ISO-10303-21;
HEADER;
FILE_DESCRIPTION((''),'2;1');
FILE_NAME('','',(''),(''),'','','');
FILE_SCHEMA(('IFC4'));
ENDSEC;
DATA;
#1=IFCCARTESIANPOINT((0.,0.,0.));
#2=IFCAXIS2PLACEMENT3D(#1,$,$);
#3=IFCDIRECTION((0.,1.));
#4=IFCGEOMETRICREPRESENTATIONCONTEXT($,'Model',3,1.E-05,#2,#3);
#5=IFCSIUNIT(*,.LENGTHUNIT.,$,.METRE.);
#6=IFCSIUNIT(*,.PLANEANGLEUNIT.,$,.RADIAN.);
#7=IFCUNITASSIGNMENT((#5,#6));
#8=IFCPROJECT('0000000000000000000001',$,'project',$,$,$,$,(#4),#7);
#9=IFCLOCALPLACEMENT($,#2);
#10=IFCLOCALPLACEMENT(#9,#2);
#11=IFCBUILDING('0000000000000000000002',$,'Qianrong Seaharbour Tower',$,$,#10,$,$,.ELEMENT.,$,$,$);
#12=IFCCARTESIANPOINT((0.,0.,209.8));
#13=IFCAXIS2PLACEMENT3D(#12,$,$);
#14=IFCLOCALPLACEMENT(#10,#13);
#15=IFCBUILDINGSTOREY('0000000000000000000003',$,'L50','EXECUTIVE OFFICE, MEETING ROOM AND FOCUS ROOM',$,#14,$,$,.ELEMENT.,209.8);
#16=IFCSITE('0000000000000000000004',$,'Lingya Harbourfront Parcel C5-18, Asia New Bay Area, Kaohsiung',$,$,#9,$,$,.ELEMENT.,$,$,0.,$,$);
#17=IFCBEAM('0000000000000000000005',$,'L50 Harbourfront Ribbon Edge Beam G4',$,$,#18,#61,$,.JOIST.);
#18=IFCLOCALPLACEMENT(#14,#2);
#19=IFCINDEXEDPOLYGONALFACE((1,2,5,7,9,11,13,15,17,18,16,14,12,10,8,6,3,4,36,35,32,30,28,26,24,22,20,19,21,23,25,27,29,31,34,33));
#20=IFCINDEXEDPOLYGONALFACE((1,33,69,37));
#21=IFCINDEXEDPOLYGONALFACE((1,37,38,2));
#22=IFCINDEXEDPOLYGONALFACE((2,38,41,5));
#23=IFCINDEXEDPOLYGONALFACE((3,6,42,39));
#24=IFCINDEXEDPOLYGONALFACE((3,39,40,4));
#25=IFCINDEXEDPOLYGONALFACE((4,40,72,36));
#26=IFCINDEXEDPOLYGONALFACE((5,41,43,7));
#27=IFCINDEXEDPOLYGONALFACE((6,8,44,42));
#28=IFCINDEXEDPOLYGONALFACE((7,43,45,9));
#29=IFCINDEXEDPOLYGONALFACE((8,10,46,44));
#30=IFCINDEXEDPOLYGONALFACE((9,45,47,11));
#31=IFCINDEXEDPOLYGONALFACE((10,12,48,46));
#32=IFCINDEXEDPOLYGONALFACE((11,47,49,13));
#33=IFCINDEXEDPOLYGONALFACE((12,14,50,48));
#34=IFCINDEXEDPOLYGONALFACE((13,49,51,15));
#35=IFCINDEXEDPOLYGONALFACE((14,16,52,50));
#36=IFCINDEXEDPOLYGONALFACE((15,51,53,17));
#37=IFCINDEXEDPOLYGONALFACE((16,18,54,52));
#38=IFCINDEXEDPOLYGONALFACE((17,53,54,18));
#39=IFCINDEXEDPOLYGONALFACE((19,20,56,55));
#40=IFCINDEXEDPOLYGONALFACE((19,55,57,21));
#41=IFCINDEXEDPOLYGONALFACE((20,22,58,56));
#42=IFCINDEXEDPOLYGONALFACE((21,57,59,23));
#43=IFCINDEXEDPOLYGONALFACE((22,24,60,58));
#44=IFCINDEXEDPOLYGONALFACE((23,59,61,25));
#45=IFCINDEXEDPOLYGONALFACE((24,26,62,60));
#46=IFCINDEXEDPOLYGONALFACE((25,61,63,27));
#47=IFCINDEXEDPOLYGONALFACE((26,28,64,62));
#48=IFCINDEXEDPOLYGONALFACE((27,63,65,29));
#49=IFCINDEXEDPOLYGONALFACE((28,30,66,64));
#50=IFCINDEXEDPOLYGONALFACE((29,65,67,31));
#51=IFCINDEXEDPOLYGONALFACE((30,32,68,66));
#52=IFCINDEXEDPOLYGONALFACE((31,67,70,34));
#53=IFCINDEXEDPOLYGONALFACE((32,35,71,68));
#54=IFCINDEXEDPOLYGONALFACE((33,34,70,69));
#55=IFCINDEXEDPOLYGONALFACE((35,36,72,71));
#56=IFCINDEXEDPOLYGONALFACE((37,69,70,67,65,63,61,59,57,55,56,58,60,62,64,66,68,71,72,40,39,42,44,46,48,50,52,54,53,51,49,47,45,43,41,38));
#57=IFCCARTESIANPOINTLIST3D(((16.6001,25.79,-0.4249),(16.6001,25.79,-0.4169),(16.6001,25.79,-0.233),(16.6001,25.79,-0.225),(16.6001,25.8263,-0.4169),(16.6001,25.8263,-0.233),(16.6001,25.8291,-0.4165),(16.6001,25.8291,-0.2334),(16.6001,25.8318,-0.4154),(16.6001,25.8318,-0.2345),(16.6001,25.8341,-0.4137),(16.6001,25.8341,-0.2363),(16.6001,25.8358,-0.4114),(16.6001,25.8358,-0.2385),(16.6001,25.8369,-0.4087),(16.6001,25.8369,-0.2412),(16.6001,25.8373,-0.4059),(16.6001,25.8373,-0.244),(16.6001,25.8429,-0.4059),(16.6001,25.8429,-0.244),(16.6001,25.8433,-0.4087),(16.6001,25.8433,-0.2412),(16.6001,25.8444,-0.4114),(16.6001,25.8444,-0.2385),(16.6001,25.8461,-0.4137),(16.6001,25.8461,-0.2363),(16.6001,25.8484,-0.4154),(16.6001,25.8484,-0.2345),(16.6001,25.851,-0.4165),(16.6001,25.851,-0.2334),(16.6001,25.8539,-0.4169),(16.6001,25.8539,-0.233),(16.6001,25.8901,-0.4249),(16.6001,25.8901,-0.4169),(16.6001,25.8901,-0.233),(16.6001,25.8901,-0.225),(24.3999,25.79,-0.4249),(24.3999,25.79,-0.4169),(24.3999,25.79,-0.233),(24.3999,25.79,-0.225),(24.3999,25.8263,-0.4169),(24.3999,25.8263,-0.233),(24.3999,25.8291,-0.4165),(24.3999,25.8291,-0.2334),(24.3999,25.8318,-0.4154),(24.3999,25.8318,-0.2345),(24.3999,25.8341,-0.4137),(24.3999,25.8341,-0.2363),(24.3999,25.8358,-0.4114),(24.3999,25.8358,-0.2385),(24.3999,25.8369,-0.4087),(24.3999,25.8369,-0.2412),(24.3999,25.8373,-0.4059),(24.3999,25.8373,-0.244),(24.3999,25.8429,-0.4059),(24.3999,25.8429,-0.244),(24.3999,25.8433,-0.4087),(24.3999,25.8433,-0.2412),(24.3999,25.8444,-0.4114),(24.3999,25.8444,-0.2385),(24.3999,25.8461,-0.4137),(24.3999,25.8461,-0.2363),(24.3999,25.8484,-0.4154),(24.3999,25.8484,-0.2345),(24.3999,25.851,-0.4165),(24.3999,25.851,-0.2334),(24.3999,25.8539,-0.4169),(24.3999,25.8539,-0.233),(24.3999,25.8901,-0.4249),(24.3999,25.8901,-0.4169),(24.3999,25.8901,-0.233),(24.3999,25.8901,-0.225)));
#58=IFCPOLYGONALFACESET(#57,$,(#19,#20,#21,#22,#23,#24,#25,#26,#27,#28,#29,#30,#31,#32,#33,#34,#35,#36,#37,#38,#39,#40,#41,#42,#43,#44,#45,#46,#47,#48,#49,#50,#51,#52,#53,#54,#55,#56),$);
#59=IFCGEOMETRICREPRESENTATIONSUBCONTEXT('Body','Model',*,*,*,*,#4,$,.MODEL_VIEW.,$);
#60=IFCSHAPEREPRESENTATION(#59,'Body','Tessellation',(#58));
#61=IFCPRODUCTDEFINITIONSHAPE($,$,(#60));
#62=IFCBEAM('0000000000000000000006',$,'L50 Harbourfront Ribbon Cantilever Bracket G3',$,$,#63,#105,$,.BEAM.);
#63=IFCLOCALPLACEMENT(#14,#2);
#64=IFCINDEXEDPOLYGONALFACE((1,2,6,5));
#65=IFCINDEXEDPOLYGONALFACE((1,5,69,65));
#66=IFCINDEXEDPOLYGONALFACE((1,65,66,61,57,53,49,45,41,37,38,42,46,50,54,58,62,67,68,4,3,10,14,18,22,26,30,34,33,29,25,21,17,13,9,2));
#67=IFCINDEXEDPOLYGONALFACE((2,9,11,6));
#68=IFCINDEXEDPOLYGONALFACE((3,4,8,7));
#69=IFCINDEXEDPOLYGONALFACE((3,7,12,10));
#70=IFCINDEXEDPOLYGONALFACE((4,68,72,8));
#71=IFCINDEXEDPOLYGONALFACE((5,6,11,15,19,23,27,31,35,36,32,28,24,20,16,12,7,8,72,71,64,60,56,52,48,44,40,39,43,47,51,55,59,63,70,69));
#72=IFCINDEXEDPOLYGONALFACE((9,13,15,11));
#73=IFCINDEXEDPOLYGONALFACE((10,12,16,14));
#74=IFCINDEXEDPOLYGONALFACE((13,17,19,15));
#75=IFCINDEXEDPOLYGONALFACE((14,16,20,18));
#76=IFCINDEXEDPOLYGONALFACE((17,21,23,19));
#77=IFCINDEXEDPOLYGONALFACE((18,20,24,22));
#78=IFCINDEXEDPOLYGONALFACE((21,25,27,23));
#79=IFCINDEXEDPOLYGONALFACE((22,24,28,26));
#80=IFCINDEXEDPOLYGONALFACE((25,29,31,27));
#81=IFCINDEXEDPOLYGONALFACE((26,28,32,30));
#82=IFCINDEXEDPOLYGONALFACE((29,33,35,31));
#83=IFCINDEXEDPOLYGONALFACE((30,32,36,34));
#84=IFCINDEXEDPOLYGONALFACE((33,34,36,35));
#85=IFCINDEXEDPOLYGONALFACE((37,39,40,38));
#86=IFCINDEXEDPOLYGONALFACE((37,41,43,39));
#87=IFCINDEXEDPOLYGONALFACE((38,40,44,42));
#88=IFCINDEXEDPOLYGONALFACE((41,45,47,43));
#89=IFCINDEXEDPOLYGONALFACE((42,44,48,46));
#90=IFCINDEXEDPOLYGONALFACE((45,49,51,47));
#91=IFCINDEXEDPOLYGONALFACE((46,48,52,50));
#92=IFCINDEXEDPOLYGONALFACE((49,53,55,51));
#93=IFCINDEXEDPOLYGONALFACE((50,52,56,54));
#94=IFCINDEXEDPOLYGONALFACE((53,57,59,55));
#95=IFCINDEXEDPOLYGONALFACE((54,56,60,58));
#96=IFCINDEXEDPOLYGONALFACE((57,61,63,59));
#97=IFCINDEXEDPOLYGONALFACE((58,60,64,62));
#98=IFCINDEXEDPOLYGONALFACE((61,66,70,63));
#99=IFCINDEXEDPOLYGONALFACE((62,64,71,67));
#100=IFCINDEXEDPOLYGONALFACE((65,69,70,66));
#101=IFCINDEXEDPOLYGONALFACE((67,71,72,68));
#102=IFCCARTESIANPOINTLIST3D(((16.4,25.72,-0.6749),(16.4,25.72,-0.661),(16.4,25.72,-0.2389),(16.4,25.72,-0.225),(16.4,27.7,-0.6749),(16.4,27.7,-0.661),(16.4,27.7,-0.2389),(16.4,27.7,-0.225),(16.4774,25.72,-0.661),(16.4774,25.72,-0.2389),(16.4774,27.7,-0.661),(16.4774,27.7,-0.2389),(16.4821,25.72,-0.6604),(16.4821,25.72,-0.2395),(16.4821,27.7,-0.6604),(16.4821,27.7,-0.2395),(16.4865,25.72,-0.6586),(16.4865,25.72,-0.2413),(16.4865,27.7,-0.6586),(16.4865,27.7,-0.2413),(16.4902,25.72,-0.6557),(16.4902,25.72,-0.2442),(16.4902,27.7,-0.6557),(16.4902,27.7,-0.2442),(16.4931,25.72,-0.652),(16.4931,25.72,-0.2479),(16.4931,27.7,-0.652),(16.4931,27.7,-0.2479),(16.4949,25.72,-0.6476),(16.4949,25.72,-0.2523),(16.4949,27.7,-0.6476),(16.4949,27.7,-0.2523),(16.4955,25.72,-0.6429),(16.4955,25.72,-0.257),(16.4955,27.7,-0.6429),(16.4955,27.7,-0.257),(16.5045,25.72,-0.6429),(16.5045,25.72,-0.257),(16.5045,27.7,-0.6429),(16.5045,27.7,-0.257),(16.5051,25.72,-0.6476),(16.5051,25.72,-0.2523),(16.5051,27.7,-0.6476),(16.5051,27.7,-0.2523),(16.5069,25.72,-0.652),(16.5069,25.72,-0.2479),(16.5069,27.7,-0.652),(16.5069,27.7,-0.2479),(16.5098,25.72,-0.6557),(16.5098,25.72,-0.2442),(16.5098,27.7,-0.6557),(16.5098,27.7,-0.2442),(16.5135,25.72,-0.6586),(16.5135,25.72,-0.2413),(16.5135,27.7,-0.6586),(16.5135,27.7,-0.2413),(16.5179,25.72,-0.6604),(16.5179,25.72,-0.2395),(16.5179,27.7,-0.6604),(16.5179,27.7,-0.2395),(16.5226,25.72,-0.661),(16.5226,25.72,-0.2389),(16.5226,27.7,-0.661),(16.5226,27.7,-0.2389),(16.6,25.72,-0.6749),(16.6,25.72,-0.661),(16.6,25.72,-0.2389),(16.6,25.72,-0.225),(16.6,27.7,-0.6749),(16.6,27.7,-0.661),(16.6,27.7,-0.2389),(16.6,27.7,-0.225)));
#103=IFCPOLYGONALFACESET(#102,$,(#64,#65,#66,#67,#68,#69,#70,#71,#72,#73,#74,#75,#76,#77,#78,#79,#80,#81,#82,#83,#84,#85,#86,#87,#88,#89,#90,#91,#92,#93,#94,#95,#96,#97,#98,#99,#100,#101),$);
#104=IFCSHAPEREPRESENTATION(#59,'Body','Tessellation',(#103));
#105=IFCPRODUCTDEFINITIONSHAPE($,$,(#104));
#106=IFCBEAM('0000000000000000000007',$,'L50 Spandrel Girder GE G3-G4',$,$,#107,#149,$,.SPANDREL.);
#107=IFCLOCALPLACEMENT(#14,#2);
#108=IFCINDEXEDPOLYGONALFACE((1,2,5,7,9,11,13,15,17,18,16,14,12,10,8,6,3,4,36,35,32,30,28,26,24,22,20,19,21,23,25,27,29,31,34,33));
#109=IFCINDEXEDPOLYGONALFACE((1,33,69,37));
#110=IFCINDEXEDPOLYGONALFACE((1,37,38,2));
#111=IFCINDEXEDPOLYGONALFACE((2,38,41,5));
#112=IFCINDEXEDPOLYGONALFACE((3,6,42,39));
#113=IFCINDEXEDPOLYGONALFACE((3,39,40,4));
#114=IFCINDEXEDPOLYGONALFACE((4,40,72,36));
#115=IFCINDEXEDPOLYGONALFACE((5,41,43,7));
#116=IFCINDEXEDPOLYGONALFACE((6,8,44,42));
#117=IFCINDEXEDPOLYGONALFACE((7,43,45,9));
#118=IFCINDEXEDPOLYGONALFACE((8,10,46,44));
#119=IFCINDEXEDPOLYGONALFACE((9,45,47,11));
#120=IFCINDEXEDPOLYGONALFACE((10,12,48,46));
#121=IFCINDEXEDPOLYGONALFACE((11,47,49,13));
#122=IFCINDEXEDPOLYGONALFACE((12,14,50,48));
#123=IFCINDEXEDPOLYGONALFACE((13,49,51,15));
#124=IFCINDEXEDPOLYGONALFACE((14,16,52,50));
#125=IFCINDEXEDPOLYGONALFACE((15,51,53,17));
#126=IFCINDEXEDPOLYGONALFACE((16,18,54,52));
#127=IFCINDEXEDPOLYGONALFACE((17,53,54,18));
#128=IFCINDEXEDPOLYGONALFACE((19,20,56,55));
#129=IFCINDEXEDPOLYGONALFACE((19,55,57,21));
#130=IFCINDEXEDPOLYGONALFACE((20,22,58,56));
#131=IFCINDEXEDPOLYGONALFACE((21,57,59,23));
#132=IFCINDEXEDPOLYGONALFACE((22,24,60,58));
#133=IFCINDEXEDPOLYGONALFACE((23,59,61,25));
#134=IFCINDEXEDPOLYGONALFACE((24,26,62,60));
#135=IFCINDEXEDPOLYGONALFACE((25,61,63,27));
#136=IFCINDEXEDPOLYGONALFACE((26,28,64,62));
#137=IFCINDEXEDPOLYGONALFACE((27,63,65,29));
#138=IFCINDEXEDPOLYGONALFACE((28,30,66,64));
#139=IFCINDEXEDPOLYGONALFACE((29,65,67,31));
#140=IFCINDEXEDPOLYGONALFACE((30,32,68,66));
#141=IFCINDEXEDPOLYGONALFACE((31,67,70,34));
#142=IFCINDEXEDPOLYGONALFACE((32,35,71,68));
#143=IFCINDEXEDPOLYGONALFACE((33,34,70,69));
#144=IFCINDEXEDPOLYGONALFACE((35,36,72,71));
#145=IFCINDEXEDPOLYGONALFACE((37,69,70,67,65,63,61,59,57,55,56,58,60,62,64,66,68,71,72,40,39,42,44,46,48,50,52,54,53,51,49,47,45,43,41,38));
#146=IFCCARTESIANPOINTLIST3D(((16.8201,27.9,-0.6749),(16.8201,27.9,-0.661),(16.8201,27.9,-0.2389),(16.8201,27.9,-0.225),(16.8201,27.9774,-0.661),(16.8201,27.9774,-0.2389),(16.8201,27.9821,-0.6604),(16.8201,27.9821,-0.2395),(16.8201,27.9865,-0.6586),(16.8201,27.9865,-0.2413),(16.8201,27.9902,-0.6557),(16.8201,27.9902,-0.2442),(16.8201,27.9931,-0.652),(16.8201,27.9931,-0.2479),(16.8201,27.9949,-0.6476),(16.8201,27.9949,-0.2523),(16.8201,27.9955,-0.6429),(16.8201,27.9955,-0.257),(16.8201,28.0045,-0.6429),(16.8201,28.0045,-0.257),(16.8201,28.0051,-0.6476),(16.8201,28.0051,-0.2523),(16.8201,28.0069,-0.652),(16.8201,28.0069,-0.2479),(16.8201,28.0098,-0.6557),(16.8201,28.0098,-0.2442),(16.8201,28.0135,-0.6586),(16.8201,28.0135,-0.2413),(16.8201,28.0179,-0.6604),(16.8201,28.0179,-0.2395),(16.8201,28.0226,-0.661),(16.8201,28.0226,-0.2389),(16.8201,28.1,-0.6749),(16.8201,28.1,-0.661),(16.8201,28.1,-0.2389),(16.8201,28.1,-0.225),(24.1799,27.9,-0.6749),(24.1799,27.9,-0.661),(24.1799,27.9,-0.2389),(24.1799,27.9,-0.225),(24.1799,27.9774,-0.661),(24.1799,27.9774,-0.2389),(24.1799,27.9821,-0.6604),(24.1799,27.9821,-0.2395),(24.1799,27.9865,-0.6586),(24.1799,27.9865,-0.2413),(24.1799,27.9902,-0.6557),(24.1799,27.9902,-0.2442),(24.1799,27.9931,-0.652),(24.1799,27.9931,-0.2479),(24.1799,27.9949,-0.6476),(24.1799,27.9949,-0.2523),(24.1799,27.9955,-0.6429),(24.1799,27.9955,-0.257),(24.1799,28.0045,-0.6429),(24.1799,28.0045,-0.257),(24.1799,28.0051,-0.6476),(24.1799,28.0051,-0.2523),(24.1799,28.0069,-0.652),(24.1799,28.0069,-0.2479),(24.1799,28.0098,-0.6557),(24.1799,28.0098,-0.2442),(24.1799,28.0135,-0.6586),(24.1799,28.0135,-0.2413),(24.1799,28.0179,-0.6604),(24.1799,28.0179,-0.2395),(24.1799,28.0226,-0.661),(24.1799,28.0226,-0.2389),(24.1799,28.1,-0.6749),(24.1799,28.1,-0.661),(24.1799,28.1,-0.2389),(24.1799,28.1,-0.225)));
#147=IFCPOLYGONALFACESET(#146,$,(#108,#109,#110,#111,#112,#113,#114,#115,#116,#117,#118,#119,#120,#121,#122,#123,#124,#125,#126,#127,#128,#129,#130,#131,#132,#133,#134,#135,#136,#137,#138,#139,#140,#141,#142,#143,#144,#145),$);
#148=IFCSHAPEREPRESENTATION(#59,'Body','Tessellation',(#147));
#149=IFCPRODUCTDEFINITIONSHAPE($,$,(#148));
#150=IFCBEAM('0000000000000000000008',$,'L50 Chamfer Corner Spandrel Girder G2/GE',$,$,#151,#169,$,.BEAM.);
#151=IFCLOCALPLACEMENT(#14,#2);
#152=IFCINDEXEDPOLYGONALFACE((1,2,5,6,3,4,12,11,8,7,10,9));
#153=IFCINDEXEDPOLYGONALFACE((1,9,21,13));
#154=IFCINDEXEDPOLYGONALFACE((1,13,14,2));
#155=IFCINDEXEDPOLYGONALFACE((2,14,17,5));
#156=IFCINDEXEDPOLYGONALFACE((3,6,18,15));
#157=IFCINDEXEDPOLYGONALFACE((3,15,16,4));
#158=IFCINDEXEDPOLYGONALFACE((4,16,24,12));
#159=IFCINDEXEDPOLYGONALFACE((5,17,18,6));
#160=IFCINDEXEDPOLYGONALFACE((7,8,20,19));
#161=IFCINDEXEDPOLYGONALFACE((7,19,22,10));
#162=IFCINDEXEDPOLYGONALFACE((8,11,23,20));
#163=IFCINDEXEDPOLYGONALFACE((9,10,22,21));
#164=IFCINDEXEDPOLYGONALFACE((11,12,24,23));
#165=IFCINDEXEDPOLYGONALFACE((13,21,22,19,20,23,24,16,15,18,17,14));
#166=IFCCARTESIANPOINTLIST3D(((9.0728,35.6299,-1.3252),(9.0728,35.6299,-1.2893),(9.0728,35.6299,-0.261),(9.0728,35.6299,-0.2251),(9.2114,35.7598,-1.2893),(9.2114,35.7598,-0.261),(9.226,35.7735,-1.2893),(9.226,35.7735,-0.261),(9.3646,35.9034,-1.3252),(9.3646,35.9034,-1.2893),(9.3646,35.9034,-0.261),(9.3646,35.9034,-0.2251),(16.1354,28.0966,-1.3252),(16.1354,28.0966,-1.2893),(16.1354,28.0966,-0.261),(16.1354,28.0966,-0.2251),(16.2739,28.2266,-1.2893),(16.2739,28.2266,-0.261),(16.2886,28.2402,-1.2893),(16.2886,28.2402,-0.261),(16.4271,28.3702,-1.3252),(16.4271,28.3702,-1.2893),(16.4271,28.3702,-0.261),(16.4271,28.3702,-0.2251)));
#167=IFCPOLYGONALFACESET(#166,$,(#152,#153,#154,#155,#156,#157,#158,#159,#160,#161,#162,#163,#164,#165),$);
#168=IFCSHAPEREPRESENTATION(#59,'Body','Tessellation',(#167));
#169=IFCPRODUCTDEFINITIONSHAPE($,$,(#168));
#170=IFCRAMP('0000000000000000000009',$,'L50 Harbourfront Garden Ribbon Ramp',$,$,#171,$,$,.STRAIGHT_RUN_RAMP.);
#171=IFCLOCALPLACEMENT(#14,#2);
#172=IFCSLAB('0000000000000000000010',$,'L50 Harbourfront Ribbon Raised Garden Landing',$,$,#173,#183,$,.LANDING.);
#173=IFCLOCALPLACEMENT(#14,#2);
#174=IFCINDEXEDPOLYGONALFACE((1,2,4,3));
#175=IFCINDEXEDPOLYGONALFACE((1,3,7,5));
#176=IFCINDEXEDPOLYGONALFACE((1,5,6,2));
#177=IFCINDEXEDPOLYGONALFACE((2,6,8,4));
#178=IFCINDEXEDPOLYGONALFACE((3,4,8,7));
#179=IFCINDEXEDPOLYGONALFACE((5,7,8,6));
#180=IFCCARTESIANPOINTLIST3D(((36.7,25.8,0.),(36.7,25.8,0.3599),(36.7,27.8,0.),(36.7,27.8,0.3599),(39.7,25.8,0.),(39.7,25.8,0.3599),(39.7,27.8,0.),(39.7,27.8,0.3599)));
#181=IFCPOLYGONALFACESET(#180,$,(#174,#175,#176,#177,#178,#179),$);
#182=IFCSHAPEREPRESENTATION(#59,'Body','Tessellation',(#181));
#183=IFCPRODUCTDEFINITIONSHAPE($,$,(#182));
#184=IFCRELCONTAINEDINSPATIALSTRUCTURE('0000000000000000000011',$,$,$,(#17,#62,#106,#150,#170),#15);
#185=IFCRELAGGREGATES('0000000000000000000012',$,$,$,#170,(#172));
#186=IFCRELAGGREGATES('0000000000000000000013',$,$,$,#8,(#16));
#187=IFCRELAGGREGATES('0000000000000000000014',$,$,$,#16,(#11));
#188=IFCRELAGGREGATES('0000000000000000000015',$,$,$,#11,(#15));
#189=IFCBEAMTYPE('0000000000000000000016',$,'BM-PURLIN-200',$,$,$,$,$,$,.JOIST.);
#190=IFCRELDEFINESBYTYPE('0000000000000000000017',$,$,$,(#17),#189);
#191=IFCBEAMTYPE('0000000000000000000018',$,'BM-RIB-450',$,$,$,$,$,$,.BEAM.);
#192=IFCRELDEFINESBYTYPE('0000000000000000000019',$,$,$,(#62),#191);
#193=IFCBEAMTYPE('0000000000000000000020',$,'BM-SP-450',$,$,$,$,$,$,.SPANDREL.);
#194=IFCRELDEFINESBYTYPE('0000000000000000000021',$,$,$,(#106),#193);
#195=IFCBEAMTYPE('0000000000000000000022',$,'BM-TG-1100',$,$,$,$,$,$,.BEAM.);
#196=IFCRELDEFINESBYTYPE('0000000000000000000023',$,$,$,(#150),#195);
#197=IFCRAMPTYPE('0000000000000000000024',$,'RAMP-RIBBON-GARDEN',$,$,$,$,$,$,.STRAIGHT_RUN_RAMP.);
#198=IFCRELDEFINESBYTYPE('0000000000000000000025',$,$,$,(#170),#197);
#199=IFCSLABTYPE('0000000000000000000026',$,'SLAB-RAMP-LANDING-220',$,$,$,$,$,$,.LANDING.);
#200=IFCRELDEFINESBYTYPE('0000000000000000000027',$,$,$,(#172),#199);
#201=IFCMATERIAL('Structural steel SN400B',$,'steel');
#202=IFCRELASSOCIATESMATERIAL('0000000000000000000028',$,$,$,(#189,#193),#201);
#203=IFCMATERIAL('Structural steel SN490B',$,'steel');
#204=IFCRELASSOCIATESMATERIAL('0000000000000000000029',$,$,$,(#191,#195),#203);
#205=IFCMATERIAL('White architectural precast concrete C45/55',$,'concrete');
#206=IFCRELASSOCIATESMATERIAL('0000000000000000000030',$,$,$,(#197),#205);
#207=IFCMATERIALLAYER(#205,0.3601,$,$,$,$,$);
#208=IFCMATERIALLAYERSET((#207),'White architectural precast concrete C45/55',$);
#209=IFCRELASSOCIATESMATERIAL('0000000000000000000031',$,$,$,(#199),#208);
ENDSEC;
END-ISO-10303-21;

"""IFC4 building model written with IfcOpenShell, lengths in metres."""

from ifc_helpers import new_model, si_unit, direction, frame, origin, origin_2d, place, context, subcontext, project, spatial, polyline, i_section, outline, extrude, material, layer, layer_set, material_profile, profile_set, type_object, element, aggregate, save


model = new_model("IFC4")

# Units and contexts
model_context = context("Model", 3, precision=1e-05, world=origin(), true_north=direction((0.0, 1.0)))
body_context = subcontext(model_context, "Body", "Model", "MODEL_VIEW")
ifc_project = project(units=[si_unit("LENGTHUNIT", "METRE"), si_unit("PLANEANGLEUNIT", "RADIAN")], contexts=[model_context])

# Site, building, storey
site_placement = place(None, origin())
site = spatial("IfcSite", under=ifc_project, at=site_placement, Name="Lingya Harbourfront Parcel C5-18, Asia New Bay Area, Kaohsiung", CompositionType="ELEMENT", RefElevation=0.0)
building_placement = place(site_placement, origin())
building = spatial("IfcBuilding", under=site, at=building_placement, Name="Qianrong Seaharbour Tower", CompositionType="ELEMENT")
storey_placement = place(building_placement, frame((0.0, 0.0, 209.8)))
storey = spatial("IfcBuildingStorey", under=building, at=storey_placement, Name="L50", Description="EXECUTIVE OFFICE, MEETING ROOM AND FOCUS ROOM", CompositionType="ELEMENT", Elevation=209.8)

# Shared definitions
ifc_material_1 = material(Name="Structural steel SN490B", Category="steel")

# Beams
ifc_material_2 = material(Name="Structural steel SN400B", Category="steel")
ifc_material_profile_1 = material_profile(ifc_material_2, i_section(OverallWidth=0.1001, OverallDepth=0.2, WebThickness=0.0056, FlangeThickness=0.0081, FilletRadius=0.011, at=origin_2d()), Name="H200x100x5.5x8")
ifc_profile_set_1 = profile_set([ifc_material_profile_1], Name="Structural steel SN400B")
beam_type_1 = type_object("IfcBeamType", Name="BM-PURLIN-200", PredefinedType="JOIST", material=ifc_profile_set_1)
beam_1_placement = place(storey_placement, frame((16.6001, 25.8401, -0.325), z_axis=(1.0, 0.0, 0.0), x_axis=(0.0, 1.0, 0.0)))
element("IfcBeam", 1, at=beam_1_placement, inside=storey, type_object=beam_type_1, Name="L50 Harbourfront Ribbon Edge Beam G4", PredefinedType="JOIST", context=body_context, shape_type="SweptSolid", body=[
    extrude(i_section(OverallWidth=0.1001, OverallDepth=0.2, WebThickness=0.0056, FlangeThickness=0.0081, FilletRadius=0.011, at=origin_2d()), origin(), (0.0, 0.0, 1.0), 7.7998),
])
ifc_material_profile_2 = material_profile(ifc_material_1, i_section(OverallWidth=0.2, OverallDepth=0.45, WebThickness=0.009, FlangeThickness=0.0139, FilletRadius=0.0181, at=origin_2d()), Name="H450x200x9x14")
ifc_profile_set_2 = profile_set([ifc_material_profile_2], Name="Structural steel SN490B")
beam_type_2 = type_object("IfcBeamType", Name="BM-RIB-450", PredefinedType="BEAM", material=ifc_profile_set_2)
beam_2_placement = place(storey_placement, frame((16.5, 27.7, -0.45), z_axis=(0.0, -1.0, 0.0), x_axis=(1.0, 0.0, 0.0)))
element("IfcBeam", 2, at=beam_2_placement, inside=storey, type_object=beam_type_2, Name="L50 Harbourfront Ribbon Cantilever Bracket G3", PredefinedType="BEAM", context=body_context, shape_type="SweptSolid", body=[
    extrude(i_section(OverallWidth=0.2, OverallDepth=0.45, WebThickness=0.009, FlangeThickness=0.0139, FilletRadius=0.0181, at=origin_2d()), origin(), (0.0, 0.0, 1.0), 1.98),
])
ifc_material_profile_3 = material_profile(ifc_material_2, i_section(OverallWidth=0.2, OverallDepth=0.45, WebThickness=0.009, FlangeThickness=0.0139, FilletRadius=0.0181, at=origin_2d()), Name="H450x200x9x14")
ifc_profile_set_3 = profile_set([ifc_material_profile_3], Name="Structural steel SN400B")
beam_type_3 = type_object("IfcBeamType", Name="BM-SP-450", PredefinedType="SPANDREL", material=ifc_profile_set_3)
beam_3_placement = place(storey_placement, frame((16.8201, 28.0, -0.45), z_axis=(1.0, 0.0, 0.0), x_axis=(0.0, 1.0, 0.0)))
element("IfcBeam", 3, at=beam_3_placement, inside=storey, type_object=beam_type_3, Name="L50 Spandrel Girder GE G3-G4", PredefinedType="SPANDREL", context=body_context, shape_type="SweptSolid", body=[
    extrude(i_section(OverallWidth=0.2, OverallDepth=0.45, WebThickness=0.009, FlangeThickness=0.0139, FilletRadius=0.0181, at=origin_2d()), origin(), (0.0, 0.0, 1.0), 7.3599),
])
ifc_material_profile_4 = material_profile(ifc_material_1, i_section(OverallWidth=0.3999, OverallDepth=1.1001, WebThickness=0.02, FlangeThickness=0.0359, at=origin_2d()), Name="BH1100x400x20x36")
ifc_profile_set_4 = profile_set([ifc_material_profile_4], Name="Structural steel SN490B")
beam_type_4 = type_object("IfcBeamType", Name="BM-TG-1100", PredefinedType="BEAM", material=ifc_profile_set_4)
beam_4_placement = place(storey_placement, frame((16.2812, 28.2334, -0.7751), z_axis=(-0.683947, 0.729531, 0.0), x_axis=(-0.729531, -0.683947, 0.0)))
element("IfcBeam", 4, at=beam_4_placement, inside=storey, type_object=beam_type_4, Name="L50 Chamfer Corner Spandrel Girder G2/GE", PredefinedType="BEAM", context=body_context, shape_type="SweptSolid", body=[
    extrude(i_section(OverallWidth=0.3999, OverallDepth=1.1001, WebThickness=0.02, FlangeThickness=0.0359, at=origin_2d()), origin(), (0.0, 0.0, 1.0), 10.3262),
])

# Ramp, slab
ifc_material_3 = material(Name="White architectural precast concrete C45/55", Category="concrete")
ramp_type = type_object("IfcRampType", Name="RAMP-RIBBON-GARDEN", PredefinedType="STRAIGHT_RUN_RAMP", material=ifc_material_3)
ramp_placement = place(storey_placement, origin())
ramp = element("IfcRamp", 5, at=ramp_placement, inside=storey, type_object=ramp_type, Name="L50 Harbourfront Garden Ribbon Ramp", PredefinedType="STRAIGHT_RUN_RAMP")
ifc_layer_1 = layer(ifc_material_3, 0.3601)
ifc_layer_set_1 = layer_set([ifc_layer_1], Name="White architectural precast concrete C45/55")
slab_type_1 = type_object("IfcSlabType", Name="SLAB-RAMP-LANDING-220", PredefinedType="LANDING", material=ifc_layer_set_1)
slab_1_placement = place(storey_placement, origin())
slab_1 = element("IfcSlab", 6, at=slab_1_placement, type_object=slab_type_1, Name="L50 Harbourfront Ribbon Raised Garden Landing", PredefinedType="LANDING", context=body_context, shape_type="SweptSolid", body=[
    extrude(outline(polyline([(36.7, 25.8), (39.7, 25.8), (39.7, 27.8), (36.7, 27.8), (36.7, 25.8)])), origin(), (0.0, 0.0, 1.0), 0.3599),
])
aggregate(ramp, [slab_1])

save(model, "model.ifc")
